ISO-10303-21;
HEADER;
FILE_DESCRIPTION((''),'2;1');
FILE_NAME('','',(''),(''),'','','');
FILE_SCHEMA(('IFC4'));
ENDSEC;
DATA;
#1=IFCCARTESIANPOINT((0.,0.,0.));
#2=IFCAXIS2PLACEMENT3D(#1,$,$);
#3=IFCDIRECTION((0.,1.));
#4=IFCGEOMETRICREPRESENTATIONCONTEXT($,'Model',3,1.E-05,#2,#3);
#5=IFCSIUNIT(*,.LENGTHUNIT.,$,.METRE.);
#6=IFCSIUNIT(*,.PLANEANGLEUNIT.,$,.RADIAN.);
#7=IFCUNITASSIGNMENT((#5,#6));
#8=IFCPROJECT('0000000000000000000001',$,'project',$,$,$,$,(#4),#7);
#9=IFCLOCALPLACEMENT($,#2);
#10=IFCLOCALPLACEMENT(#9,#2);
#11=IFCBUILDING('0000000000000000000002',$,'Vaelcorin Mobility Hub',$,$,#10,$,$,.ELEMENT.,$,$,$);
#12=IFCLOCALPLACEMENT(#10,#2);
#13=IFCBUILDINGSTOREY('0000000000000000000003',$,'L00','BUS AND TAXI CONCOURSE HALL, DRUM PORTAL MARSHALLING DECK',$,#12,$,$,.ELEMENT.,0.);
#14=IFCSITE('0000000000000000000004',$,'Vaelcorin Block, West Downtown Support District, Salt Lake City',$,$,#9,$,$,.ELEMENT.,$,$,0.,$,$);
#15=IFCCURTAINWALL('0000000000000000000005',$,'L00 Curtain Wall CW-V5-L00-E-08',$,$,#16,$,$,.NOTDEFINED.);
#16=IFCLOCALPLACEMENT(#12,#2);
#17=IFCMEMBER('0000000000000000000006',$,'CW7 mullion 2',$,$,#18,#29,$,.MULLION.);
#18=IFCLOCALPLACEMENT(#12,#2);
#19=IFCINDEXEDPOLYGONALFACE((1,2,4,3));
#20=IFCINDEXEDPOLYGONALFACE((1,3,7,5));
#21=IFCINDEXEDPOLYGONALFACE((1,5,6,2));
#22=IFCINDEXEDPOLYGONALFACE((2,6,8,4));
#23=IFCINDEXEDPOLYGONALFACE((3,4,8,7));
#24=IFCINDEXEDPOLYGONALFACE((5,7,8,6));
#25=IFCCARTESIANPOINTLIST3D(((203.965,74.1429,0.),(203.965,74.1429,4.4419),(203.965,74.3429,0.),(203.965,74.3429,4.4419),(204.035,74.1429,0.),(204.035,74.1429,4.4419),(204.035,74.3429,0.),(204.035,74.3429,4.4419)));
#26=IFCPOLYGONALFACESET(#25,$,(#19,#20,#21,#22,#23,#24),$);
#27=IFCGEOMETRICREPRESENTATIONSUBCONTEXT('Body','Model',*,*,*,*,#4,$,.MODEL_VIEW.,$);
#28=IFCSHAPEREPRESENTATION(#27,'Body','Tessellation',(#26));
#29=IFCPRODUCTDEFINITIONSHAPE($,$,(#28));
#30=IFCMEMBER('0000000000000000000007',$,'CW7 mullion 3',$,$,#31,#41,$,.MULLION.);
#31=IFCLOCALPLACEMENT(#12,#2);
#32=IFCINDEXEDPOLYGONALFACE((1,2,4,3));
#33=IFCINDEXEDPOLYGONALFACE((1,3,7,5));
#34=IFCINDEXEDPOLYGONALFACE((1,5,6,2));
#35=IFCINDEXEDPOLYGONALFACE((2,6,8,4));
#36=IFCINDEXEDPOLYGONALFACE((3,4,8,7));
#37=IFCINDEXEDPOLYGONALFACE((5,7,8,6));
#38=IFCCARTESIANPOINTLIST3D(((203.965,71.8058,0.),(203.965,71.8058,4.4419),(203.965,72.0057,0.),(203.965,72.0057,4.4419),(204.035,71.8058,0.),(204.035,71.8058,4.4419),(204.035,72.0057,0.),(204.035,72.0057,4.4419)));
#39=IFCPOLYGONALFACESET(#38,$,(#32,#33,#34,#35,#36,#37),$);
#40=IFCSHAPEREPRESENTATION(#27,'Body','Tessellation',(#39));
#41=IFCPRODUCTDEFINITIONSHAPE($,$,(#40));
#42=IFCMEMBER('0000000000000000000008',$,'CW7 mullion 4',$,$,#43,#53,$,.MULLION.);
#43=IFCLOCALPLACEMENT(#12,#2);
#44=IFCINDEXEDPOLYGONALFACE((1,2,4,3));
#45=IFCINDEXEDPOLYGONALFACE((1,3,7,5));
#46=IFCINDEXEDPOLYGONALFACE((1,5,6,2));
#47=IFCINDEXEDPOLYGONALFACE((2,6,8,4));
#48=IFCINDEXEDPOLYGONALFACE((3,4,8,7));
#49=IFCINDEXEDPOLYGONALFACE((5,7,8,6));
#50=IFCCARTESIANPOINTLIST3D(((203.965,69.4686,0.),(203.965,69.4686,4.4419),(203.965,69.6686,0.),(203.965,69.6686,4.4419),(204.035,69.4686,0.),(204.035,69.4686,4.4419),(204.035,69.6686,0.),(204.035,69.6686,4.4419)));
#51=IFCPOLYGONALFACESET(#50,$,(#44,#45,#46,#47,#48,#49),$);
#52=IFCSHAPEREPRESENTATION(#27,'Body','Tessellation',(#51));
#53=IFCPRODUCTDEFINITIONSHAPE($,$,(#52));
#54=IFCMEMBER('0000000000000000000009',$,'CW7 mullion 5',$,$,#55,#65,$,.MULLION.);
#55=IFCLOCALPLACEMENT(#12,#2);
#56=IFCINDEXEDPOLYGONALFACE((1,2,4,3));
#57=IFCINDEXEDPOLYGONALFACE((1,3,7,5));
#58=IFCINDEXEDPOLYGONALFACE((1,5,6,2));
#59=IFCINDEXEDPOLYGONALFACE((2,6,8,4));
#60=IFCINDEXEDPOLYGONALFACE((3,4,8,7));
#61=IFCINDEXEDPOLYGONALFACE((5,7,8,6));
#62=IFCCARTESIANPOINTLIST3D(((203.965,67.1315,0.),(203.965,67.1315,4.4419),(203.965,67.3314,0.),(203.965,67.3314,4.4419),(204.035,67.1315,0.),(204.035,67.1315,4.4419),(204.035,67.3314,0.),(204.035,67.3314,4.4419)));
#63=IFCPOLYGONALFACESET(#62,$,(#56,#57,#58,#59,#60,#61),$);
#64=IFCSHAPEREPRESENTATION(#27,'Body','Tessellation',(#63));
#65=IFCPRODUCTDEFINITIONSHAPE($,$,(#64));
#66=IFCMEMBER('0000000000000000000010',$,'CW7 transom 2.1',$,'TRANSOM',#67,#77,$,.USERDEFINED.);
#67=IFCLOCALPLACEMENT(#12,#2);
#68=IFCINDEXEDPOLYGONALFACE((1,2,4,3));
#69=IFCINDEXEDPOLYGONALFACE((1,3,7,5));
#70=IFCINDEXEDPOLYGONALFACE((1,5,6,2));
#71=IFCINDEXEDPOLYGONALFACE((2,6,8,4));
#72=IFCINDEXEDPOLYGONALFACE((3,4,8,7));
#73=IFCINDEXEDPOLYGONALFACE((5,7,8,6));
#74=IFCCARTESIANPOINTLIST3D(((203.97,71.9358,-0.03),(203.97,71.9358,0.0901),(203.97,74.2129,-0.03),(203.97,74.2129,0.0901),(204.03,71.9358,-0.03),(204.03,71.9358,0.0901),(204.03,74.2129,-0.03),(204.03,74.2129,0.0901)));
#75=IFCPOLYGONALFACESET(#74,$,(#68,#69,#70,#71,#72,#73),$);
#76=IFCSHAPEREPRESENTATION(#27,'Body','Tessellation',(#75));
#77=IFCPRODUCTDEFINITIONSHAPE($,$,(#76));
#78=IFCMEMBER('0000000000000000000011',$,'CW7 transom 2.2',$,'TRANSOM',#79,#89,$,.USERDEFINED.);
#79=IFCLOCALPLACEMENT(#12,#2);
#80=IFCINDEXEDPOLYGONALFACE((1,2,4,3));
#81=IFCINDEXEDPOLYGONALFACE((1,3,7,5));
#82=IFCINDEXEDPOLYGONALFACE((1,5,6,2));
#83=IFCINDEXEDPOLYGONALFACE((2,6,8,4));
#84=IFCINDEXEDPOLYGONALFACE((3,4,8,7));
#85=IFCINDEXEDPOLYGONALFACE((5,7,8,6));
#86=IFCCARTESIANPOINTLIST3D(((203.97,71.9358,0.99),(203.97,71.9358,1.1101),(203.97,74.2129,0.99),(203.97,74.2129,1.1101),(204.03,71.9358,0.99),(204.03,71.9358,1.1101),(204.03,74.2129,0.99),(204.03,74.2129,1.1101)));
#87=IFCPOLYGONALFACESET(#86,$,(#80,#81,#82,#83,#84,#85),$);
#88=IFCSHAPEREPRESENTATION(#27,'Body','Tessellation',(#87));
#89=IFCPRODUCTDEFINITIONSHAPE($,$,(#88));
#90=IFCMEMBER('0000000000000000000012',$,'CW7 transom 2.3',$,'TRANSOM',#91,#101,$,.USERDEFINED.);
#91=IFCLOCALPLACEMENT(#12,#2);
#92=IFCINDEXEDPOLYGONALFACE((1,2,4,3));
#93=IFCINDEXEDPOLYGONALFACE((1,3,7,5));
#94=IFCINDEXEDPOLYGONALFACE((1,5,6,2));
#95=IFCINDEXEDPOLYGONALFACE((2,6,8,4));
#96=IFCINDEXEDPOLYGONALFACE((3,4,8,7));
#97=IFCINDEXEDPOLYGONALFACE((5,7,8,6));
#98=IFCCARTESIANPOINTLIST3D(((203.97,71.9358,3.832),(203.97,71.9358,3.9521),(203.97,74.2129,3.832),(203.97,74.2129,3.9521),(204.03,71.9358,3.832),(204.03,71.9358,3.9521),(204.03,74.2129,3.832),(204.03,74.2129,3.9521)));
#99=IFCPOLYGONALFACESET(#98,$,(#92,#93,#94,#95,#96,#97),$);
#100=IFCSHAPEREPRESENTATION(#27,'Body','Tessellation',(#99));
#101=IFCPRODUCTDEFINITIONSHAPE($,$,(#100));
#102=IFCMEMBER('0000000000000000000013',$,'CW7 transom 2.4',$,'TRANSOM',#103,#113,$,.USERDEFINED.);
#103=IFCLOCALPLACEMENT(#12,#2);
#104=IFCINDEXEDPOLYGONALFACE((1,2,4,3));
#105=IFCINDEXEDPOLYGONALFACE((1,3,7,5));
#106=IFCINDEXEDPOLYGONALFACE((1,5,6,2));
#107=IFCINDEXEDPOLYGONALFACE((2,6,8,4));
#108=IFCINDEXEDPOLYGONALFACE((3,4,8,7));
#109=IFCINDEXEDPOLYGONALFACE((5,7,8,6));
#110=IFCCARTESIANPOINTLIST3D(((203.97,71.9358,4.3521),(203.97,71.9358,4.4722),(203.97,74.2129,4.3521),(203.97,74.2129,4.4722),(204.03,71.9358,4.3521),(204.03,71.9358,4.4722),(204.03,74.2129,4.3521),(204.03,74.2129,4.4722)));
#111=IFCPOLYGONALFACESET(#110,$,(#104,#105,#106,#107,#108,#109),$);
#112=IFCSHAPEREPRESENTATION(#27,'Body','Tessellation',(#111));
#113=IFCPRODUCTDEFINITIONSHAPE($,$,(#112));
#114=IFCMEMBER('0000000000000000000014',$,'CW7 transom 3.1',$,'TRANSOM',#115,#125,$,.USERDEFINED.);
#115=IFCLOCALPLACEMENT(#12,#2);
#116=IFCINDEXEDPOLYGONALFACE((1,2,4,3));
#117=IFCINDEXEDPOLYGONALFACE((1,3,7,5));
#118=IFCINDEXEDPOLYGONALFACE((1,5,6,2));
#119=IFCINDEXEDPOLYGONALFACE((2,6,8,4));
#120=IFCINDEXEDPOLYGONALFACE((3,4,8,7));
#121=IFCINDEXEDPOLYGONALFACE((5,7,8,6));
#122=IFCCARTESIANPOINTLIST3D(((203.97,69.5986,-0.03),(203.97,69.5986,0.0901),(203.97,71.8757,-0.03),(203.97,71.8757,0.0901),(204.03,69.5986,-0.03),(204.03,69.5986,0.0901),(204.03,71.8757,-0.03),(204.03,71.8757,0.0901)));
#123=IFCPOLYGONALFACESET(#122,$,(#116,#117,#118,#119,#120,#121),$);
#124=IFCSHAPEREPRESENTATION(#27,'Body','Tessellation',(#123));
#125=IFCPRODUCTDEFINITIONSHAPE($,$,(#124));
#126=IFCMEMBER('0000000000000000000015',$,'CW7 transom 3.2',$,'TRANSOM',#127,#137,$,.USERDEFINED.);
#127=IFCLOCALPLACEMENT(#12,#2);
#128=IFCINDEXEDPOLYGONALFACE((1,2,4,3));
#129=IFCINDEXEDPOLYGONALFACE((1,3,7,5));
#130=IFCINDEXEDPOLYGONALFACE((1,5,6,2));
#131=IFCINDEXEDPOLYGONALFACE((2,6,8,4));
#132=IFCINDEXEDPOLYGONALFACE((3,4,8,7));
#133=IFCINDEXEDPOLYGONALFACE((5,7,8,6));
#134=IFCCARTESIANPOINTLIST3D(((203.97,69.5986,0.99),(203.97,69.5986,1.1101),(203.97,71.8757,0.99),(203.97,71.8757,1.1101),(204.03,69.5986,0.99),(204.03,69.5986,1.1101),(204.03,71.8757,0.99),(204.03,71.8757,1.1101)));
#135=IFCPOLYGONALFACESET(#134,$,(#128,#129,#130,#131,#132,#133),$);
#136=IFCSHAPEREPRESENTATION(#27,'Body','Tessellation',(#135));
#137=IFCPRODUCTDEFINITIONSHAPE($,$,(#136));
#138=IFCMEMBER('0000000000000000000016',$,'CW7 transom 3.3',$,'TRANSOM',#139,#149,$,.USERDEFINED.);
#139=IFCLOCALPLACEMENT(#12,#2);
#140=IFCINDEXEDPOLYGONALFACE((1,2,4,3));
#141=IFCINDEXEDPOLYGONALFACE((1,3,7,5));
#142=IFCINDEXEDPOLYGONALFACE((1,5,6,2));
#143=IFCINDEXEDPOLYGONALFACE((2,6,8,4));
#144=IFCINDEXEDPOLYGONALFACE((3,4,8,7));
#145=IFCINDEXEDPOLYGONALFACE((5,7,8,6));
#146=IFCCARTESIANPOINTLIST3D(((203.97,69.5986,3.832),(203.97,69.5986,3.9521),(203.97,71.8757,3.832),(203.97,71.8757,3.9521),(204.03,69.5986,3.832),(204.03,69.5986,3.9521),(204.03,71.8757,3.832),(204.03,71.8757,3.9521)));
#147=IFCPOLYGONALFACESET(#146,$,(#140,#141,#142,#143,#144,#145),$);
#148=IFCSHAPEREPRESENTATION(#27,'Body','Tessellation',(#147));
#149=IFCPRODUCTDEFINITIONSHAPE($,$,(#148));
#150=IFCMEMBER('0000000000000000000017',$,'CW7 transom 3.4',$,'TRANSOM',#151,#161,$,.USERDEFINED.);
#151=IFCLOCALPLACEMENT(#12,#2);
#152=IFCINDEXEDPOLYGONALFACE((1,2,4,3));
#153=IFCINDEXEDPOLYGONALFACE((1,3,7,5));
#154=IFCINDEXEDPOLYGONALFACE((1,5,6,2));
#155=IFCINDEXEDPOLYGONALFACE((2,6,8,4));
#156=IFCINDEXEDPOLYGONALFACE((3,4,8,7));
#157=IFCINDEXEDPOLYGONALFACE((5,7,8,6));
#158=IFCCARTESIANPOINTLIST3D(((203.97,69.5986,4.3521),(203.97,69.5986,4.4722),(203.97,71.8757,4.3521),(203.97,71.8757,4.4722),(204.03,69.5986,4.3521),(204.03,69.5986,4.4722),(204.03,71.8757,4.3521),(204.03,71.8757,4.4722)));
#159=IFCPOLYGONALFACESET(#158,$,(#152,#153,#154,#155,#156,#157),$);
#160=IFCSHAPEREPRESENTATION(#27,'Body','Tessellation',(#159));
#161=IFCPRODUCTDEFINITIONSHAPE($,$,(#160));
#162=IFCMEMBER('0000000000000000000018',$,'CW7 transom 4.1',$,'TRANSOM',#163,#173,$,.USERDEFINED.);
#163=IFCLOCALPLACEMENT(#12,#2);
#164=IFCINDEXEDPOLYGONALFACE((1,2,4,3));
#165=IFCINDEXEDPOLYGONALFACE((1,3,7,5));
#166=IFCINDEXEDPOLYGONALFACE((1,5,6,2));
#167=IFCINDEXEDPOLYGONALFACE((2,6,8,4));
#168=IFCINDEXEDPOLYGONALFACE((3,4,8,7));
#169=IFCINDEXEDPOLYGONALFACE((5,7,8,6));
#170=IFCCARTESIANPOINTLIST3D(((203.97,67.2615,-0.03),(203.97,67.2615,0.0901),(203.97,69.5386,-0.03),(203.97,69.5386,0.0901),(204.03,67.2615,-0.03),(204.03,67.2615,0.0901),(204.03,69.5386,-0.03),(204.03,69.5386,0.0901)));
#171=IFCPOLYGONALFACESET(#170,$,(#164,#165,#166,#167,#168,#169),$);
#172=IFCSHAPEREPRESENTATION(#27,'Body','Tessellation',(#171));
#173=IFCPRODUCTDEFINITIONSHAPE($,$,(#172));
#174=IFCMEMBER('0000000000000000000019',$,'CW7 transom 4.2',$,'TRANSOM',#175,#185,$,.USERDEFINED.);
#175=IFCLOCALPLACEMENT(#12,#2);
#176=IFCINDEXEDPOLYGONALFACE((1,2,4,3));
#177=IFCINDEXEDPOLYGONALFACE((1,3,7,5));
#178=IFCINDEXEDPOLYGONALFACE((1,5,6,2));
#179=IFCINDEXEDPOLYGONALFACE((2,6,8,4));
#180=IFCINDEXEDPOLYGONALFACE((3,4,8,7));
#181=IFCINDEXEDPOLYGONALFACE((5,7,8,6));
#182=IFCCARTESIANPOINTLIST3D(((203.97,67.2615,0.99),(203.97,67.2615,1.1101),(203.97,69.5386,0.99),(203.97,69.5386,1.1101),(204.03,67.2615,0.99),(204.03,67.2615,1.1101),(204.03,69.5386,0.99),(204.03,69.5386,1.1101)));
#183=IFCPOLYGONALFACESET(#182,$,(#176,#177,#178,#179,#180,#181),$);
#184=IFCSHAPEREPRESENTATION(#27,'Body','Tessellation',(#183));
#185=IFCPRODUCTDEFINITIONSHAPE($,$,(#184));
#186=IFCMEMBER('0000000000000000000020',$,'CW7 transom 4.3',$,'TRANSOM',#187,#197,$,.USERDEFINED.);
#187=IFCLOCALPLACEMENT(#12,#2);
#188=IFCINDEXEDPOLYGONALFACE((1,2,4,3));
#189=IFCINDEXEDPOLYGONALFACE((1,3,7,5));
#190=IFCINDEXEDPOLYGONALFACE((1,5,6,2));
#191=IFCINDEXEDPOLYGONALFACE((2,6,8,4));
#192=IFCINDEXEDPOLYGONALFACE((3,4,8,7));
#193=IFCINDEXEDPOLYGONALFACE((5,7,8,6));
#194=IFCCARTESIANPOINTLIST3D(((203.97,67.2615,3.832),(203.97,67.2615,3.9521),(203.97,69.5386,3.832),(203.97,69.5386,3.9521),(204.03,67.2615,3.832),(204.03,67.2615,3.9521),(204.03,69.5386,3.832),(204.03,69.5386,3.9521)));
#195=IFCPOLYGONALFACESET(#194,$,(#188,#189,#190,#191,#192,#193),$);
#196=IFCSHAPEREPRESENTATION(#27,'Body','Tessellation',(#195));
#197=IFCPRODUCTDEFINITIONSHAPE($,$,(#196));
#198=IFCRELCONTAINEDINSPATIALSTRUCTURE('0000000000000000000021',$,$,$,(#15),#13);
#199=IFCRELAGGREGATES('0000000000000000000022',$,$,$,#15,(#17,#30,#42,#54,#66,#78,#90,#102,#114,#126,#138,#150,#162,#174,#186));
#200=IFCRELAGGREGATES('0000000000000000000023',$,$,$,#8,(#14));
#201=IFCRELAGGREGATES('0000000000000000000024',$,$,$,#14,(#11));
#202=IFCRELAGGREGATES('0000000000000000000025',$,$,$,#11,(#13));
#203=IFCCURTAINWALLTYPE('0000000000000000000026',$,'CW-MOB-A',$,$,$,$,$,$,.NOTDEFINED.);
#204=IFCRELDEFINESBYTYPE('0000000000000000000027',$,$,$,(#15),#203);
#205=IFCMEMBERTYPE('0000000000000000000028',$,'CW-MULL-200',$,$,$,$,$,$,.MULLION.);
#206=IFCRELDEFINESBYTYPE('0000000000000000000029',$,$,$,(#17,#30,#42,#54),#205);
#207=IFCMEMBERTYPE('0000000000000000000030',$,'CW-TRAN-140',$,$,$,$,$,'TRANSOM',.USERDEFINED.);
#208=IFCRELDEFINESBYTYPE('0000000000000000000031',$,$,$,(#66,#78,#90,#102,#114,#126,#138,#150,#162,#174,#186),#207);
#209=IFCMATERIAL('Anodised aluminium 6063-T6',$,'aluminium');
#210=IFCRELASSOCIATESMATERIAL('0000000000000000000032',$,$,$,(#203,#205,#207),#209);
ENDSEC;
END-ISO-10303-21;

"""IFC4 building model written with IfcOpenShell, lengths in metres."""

from ifc_helpers import new_model, si_unit, direction, frame, origin, origin_2d, place, context, subcontext, project, spatial, rectangle, extrude, material, material_profile, profile_set, type_object, element, aggregate, save


model = new_model("IFC4")

# Units and contexts
model_context = context("Model", 3, precision=1e-05, world=origin(), true_north=direction((0.0, 1.0)))
body_context = subcontext(model_context, "Body", "Model", "MODEL_VIEW")
ifc_project = project(units=[si_unit("LENGTHUNIT", "METRE"), si_unit("PLANEANGLEUNIT", "RADIAN")], contexts=[model_context])

# Site, building, storey
site_placement = place(None, origin())
site = spatial("IfcSite", under=ifc_project, at=site_placement, Name="Vaelcorin Block, West Downtown Support District, Salt Lake City", CompositionType="ELEMENT", RefElevation=0.0)
building_placement = place(site_placement, origin())
building = spatial("IfcBuilding", under=site, at=building_placement, Name="Vaelcorin Mobility Hub", CompositionType="ELEMENT")
storey_placement = place(building_placement, origin())
storey = spatial("IfcBuildingStorey", under=building, at=storey_placement, Name="L00", Description="BUS AND TAXI CONCOURSE HALL, DRUM PORTAL MARSHALLING DECK", CompositionType="ELEMENT", Elevation=0.0)

# Curtain wall, members
ifc_material_1 = material(Name="Anodised aluminium 6063-T6", Category="aluminium")
curtain_wall_type = type_object("IfcCurtainWallType", Name="CW-MOB-A", PredefinedType="NOTDEFINED", material=ifc_material_1)
curtain_wall_placement = place(storey_placement, origin())
curtain_wall = element("IfcCurtainWall", 1, at=curtain_wall_placement, inside=storey, type_object=curtain_wall_type, Name="L00 Curtain Wall CW-V5-L00-E-08", PredefinedType="NOTDEFINED")
ifc_material_profile_1 = material_profile(ifc_material_1, rectangle(XDim=0.0701, YDim=0.2, at=origin_2d()), Name="ALU-M70X200")
ifc_profile_set_1 = profile_set([ifc_material_profile_1], Name="Anodised aluminium 6063-T6")
member_type_1 = type_object("IfcMemberType", Name="CW-MULL-200", PredefinedType="MULLION", material=ifc_profile_set_1)
member_1_placement = place(storey_placement, frame((204.0, 74.2429, 0.0), z_axis=(0.0, 0.0, 1.0), x_axis=(1.0, 0.0, 0.0)))
member_1 = element("IfcMember", 2, at=member_1_placement, type_object=member_type_1, Name="CW7 mullion 2", PredefinedType="MULLION", context=body_context, shape_type="SweptSolid", body=[
    extrude(rectangle(XDim=0.0701, YDim=0.2, at=origin_2d()), origin(), (0.0, 0.0, 1.0), 4.4419),
])
member_2_placement = place(storey_placement, frame((204.0, 71.9058, 0.0), z_axis=(0.0, 0.0, 1.0), x_axis=(1.0, 0.0, 0.0)))
member_2 = element("IfcMember", 3, at=member_2_placement, type_object=member_type_1, Name="CW7 mullion 3", PredefinedType="MULLION", context=body_context, shape_type="SweptSolid", body=[
    extrude(rectangle(XDim=0.0701, YDim=0.2, at=origin_2d()), origin(), (0.0, 0.0, 1.0), 4.4419),
])
member_3_placement = place(storey_placement, frame((204.0, 69.5686, 0.0), z_axis=(0.0, 0.0, 1.0), x_axis=(1.0, 0.0, 0.0)))
member_3 = element("IfcMember", 4, at=member_3_placement, type_object=member_type_1, Name="CW7 mullion 4", PredefinedType="MULLION", context=body_context, shape_type="SweptSolid", body=[
    extrude(rectangle(XDim=0.0701, YDim=0.2, at=origin_2d()), origin(), (0.0, 0.0, 1.0), 4.4419),
])
member_4_placement = place(storey_placement, frame((204.0, 67.2314, 0.0), z_axis=(0.0, 0.0, 1.0), x_axis=(1.0, 0.0, 0.0)))
member_4 = element("IfcMember", 5, at=member_4_placement, type_object=member_type_1, Name="CW7 mullion 5", PredefinedType="MULLION", context=body_context, shape_type="SweptSolid", body=[
    extrude(rectangle(XDim=0.0701, YDim=0.2, at=origin_2d()), origin(), (0.0, 0.0, 1.0), 4.4419),
])
ifc_material_profile_2 = material_profile(ifc_material_1, rectangle(XDim=0.0601, YDim=0.1201, at=origin_2d()), Name="ALU-T60X120")
ifc_profile_set_2 = profile_set([ifc_material_profile_2], Name="Anodised aluminium 6063-T6")
member_type_2 = type_object("IfcMemberType", Name="CW-TRAN-140", ElementType="TRANSOM", PredefinedType="USERDEFINED", material=ifc_profile_set_2)
member_5_placement = place(storey_placement, frame((204.0, 74.2129, 0.03), z_axis=(0.0, -1.0, 0.0), x_axis=(1.0, 0.0, 0.0)))
member_5 = element("IfcMember", 6, at=member_5_placement, type_object=member_type_2, Name="CW7 transom 2.1", ObjectType="TRANSOM", PredefinedType="USERDEFINED", context=body_context, shape_type="SweptSolid", body=[
    extrude(rectangle(XDim=0.0601, YDim=0.1201, at=origin_2d()), origin(), (0.0, 0.0, 1.0), 2.2771),
])
member_6_placement = place(storey_placement, frame((204.0, 74.2129, 1.05), z_axis=(0.0, -1.0, 0.0), x_axis=(1.0, 0.0, 0.0)))
member_6 = element("IfcMember", 7, at=member_6_placement, type_object=member_type_2, Name="CW7 transom 2.2", ObjectType="TRANSOM", PredefinedType="USERDEFINED", context=body_context, shape_type="SweptSolid", body=[
    extrude(rectangle(XDim=0.0601, YDim=0.1201, at=origin_2d()), origin(), (0.0, 0.0, 1.0), 2.2771),
])
member_7_placement = place(storey_placement, frame((204.0, 74.2129, 3.8921), z_axis=(0.0, -1.0, 0.0), x_axis=(1.0, 0.0, 0.0)))
member_7 = element("IfcMember", 8, at=member_7_placement, type_object=member_type_2, Name="CW7 transom 2.3", ObjectType="TRANSOM", PredefinedType="USERDEFINED", context=body_context, shape_type="SweptSolid", body=[
    extrude(rectangle(XDim=0.0601, YDim=0.1201, at=origin_2d()), origin(), (0.0, 0.0, 1.0), 2.2771),
])
member_8_placement = place(storey_placement, frame((204.0, 74.2129, 4.4121), z_axis=(0.0, -1.0, 0.0), x_axis=(1.0, 0.0, 0.0)))
member_8 = element("IfcMember", 9, at=member_8_placement, type_object=member_type_2, Name="CW7 transom 2.4", ObjectType="TRANSOM", PredefinedType="USERDEFINED", context=body_context, shape_type="SweptSolid", body=[
    extrude(rectangle(XDim=0.0601, YDim=0.1201, at=origin_2d()), origin(), (0.0, 0.0, 1.0), 2.2771),
])
member_9_placement = place(storey_placement, frame((204.0, 71.8757, 0.03), z_axis=(0.0, -1.0, 0.0), x_axis=(1.0, 0.0, 0.0)))
member_9 = element("IfcMember", 10, at=member_9_placement, type_object=member_type_2, Name="CW7 transom 3.1", ObjectType="TRANSOM", PredefinedType="USERDEFINED", context=body_context, shape_type="SweptSolid", body=[
    extrude(rectangle(XDim=0.0601, YDim=0.1201, at=origin_2d()), origin(), (0.0, 0.0, 1.0), 2.2771),
])
member_10_placement = place(storey_placement, frame((204.0, 71.8757, 1.05), z_axis=(0.0, -1.0, 0.0), x_axis=(1.0, 0.0, 0.0)))
member_10 = element("IfcMember", 11, at=member_10_placement, type_object=member_type_2, Name="CW7 transom 3.2", ObjectType="TRANSOM", PredefinedType="USERDEFINED", context=body_context, shape_type="SweptSolid", body=[
    extrude(rectangle(XDim=0.0601, YDim=0.1201, at=origin_2d()), origin(), (0.0, 0.0, 1.0), 2.2771),
])
member_11_placement = place(storey_placement, frame((204.0, 71.8757, 3.8921), z_axis=(0.0, -1.0, 0.0), x_axis=(1.0, 0.0, 0.0)))
member_11 = element("IfcMember", 12, at=member_11_placement, type_object=member_type_2, Name="CW7 transom 3.3", ObjectType="TRANSOM", PredefinedType="USERDEFINED", context=body_context, shape_type="SweptSolid", body=[
    extrude(rectangle(XDim=0.0601, YDim=0.1201, at=origin_2d()), origin(), (0.0, 0.0, 1.0), 2.2771),
])
member_12_placement = place(storey_placement, frame((204.0, 71.8757, 4.4121), z_axis=(0.0, -1.0, 0.0), x_axis=(1.0, 0.0, 0.0)))
member_12 = element("IfcMember", 13, at=member_12_placement, type_object=member_type_2, Name="CW7 transom 3.4", ObjectType="TRANSOM", PredefinedType="USERDEFINED", context=body_context, shape_type="SweptSolid", body=[
    extrude(rectangle(XDim=0.0601, YDim=0.1201, at=origin_2d()), origin(), (0.0, 0.0, 1.0), 2.2771),
])
member_13_placement = place(storey_placement, frame((204.0, 69.5386, 0.03), z_axis=(0.0, -1.0, 0.0), x_axis=(1.0, 0.0, 0.0)))
member_13 = element("IfcMember", 14, at=member_13_placement, type_object=member_type_2, Name="CW7 transom 4.1", ObjectType="TRANSOM", PredefinedType="USERDEFINED", context=body_context, shape_type="SweptSolid", body=[
    extrude(rectangle(XDim=0.0601, YDim=0.1201, at=origin_2d()), origin(), (0.0, 0.0, 1.0), 2.2771),
])
member_14_placement = place(storey_placement, frame((204.0, 69.5386, 1.05), z_axis=(0.0, -1.0, 0.0), x_axis=(1.0, 0.0, 0.0)))
member_14 = element("IfcMember", 15, at=member_14_placement, type_object=member_type_2, Name="CW7 transom 4.2", ObjectType="TRANSOM", PredefinedType="USERDEFINED", context=body_context, shape_type="SweptSolid", body=[
    extrude(rectangle(XDim=0.0601, YDim=0.1201, at=origin_2d()), origin(), (0.0, 0.0, 1.0), 2.2771),
])
member_15_placement = place(storey_placement, frame((204.0, 69.5386, 3.8921), z_axis=(0.0, -1.0, 0.0), x_axis=(1.0, 0.0, 0.0)))
member_15 = element("IfcMember", 16, at=member_15_placement, type_object=member_type_2, Name="CW7 transom 4.3", ObjectType="TRANSOM", PredefinedType="USERDEFINED", context=body_context, shape_type="SweptSolid", body=[
    extrude(rectangle(XDim=0.0601, YDim=0.1201, at=origin_2d()), origin(), (0.0, 0.0, 1.0), 2.2771),
])
aggregate(curtain_wall, [member_1, member_2, member_3, member_4, member_5, member_6, member_7, member_8, member_9, member_10, member_11, member_12, member_13, member_14, member_15])

save(model, "model.ifc")
